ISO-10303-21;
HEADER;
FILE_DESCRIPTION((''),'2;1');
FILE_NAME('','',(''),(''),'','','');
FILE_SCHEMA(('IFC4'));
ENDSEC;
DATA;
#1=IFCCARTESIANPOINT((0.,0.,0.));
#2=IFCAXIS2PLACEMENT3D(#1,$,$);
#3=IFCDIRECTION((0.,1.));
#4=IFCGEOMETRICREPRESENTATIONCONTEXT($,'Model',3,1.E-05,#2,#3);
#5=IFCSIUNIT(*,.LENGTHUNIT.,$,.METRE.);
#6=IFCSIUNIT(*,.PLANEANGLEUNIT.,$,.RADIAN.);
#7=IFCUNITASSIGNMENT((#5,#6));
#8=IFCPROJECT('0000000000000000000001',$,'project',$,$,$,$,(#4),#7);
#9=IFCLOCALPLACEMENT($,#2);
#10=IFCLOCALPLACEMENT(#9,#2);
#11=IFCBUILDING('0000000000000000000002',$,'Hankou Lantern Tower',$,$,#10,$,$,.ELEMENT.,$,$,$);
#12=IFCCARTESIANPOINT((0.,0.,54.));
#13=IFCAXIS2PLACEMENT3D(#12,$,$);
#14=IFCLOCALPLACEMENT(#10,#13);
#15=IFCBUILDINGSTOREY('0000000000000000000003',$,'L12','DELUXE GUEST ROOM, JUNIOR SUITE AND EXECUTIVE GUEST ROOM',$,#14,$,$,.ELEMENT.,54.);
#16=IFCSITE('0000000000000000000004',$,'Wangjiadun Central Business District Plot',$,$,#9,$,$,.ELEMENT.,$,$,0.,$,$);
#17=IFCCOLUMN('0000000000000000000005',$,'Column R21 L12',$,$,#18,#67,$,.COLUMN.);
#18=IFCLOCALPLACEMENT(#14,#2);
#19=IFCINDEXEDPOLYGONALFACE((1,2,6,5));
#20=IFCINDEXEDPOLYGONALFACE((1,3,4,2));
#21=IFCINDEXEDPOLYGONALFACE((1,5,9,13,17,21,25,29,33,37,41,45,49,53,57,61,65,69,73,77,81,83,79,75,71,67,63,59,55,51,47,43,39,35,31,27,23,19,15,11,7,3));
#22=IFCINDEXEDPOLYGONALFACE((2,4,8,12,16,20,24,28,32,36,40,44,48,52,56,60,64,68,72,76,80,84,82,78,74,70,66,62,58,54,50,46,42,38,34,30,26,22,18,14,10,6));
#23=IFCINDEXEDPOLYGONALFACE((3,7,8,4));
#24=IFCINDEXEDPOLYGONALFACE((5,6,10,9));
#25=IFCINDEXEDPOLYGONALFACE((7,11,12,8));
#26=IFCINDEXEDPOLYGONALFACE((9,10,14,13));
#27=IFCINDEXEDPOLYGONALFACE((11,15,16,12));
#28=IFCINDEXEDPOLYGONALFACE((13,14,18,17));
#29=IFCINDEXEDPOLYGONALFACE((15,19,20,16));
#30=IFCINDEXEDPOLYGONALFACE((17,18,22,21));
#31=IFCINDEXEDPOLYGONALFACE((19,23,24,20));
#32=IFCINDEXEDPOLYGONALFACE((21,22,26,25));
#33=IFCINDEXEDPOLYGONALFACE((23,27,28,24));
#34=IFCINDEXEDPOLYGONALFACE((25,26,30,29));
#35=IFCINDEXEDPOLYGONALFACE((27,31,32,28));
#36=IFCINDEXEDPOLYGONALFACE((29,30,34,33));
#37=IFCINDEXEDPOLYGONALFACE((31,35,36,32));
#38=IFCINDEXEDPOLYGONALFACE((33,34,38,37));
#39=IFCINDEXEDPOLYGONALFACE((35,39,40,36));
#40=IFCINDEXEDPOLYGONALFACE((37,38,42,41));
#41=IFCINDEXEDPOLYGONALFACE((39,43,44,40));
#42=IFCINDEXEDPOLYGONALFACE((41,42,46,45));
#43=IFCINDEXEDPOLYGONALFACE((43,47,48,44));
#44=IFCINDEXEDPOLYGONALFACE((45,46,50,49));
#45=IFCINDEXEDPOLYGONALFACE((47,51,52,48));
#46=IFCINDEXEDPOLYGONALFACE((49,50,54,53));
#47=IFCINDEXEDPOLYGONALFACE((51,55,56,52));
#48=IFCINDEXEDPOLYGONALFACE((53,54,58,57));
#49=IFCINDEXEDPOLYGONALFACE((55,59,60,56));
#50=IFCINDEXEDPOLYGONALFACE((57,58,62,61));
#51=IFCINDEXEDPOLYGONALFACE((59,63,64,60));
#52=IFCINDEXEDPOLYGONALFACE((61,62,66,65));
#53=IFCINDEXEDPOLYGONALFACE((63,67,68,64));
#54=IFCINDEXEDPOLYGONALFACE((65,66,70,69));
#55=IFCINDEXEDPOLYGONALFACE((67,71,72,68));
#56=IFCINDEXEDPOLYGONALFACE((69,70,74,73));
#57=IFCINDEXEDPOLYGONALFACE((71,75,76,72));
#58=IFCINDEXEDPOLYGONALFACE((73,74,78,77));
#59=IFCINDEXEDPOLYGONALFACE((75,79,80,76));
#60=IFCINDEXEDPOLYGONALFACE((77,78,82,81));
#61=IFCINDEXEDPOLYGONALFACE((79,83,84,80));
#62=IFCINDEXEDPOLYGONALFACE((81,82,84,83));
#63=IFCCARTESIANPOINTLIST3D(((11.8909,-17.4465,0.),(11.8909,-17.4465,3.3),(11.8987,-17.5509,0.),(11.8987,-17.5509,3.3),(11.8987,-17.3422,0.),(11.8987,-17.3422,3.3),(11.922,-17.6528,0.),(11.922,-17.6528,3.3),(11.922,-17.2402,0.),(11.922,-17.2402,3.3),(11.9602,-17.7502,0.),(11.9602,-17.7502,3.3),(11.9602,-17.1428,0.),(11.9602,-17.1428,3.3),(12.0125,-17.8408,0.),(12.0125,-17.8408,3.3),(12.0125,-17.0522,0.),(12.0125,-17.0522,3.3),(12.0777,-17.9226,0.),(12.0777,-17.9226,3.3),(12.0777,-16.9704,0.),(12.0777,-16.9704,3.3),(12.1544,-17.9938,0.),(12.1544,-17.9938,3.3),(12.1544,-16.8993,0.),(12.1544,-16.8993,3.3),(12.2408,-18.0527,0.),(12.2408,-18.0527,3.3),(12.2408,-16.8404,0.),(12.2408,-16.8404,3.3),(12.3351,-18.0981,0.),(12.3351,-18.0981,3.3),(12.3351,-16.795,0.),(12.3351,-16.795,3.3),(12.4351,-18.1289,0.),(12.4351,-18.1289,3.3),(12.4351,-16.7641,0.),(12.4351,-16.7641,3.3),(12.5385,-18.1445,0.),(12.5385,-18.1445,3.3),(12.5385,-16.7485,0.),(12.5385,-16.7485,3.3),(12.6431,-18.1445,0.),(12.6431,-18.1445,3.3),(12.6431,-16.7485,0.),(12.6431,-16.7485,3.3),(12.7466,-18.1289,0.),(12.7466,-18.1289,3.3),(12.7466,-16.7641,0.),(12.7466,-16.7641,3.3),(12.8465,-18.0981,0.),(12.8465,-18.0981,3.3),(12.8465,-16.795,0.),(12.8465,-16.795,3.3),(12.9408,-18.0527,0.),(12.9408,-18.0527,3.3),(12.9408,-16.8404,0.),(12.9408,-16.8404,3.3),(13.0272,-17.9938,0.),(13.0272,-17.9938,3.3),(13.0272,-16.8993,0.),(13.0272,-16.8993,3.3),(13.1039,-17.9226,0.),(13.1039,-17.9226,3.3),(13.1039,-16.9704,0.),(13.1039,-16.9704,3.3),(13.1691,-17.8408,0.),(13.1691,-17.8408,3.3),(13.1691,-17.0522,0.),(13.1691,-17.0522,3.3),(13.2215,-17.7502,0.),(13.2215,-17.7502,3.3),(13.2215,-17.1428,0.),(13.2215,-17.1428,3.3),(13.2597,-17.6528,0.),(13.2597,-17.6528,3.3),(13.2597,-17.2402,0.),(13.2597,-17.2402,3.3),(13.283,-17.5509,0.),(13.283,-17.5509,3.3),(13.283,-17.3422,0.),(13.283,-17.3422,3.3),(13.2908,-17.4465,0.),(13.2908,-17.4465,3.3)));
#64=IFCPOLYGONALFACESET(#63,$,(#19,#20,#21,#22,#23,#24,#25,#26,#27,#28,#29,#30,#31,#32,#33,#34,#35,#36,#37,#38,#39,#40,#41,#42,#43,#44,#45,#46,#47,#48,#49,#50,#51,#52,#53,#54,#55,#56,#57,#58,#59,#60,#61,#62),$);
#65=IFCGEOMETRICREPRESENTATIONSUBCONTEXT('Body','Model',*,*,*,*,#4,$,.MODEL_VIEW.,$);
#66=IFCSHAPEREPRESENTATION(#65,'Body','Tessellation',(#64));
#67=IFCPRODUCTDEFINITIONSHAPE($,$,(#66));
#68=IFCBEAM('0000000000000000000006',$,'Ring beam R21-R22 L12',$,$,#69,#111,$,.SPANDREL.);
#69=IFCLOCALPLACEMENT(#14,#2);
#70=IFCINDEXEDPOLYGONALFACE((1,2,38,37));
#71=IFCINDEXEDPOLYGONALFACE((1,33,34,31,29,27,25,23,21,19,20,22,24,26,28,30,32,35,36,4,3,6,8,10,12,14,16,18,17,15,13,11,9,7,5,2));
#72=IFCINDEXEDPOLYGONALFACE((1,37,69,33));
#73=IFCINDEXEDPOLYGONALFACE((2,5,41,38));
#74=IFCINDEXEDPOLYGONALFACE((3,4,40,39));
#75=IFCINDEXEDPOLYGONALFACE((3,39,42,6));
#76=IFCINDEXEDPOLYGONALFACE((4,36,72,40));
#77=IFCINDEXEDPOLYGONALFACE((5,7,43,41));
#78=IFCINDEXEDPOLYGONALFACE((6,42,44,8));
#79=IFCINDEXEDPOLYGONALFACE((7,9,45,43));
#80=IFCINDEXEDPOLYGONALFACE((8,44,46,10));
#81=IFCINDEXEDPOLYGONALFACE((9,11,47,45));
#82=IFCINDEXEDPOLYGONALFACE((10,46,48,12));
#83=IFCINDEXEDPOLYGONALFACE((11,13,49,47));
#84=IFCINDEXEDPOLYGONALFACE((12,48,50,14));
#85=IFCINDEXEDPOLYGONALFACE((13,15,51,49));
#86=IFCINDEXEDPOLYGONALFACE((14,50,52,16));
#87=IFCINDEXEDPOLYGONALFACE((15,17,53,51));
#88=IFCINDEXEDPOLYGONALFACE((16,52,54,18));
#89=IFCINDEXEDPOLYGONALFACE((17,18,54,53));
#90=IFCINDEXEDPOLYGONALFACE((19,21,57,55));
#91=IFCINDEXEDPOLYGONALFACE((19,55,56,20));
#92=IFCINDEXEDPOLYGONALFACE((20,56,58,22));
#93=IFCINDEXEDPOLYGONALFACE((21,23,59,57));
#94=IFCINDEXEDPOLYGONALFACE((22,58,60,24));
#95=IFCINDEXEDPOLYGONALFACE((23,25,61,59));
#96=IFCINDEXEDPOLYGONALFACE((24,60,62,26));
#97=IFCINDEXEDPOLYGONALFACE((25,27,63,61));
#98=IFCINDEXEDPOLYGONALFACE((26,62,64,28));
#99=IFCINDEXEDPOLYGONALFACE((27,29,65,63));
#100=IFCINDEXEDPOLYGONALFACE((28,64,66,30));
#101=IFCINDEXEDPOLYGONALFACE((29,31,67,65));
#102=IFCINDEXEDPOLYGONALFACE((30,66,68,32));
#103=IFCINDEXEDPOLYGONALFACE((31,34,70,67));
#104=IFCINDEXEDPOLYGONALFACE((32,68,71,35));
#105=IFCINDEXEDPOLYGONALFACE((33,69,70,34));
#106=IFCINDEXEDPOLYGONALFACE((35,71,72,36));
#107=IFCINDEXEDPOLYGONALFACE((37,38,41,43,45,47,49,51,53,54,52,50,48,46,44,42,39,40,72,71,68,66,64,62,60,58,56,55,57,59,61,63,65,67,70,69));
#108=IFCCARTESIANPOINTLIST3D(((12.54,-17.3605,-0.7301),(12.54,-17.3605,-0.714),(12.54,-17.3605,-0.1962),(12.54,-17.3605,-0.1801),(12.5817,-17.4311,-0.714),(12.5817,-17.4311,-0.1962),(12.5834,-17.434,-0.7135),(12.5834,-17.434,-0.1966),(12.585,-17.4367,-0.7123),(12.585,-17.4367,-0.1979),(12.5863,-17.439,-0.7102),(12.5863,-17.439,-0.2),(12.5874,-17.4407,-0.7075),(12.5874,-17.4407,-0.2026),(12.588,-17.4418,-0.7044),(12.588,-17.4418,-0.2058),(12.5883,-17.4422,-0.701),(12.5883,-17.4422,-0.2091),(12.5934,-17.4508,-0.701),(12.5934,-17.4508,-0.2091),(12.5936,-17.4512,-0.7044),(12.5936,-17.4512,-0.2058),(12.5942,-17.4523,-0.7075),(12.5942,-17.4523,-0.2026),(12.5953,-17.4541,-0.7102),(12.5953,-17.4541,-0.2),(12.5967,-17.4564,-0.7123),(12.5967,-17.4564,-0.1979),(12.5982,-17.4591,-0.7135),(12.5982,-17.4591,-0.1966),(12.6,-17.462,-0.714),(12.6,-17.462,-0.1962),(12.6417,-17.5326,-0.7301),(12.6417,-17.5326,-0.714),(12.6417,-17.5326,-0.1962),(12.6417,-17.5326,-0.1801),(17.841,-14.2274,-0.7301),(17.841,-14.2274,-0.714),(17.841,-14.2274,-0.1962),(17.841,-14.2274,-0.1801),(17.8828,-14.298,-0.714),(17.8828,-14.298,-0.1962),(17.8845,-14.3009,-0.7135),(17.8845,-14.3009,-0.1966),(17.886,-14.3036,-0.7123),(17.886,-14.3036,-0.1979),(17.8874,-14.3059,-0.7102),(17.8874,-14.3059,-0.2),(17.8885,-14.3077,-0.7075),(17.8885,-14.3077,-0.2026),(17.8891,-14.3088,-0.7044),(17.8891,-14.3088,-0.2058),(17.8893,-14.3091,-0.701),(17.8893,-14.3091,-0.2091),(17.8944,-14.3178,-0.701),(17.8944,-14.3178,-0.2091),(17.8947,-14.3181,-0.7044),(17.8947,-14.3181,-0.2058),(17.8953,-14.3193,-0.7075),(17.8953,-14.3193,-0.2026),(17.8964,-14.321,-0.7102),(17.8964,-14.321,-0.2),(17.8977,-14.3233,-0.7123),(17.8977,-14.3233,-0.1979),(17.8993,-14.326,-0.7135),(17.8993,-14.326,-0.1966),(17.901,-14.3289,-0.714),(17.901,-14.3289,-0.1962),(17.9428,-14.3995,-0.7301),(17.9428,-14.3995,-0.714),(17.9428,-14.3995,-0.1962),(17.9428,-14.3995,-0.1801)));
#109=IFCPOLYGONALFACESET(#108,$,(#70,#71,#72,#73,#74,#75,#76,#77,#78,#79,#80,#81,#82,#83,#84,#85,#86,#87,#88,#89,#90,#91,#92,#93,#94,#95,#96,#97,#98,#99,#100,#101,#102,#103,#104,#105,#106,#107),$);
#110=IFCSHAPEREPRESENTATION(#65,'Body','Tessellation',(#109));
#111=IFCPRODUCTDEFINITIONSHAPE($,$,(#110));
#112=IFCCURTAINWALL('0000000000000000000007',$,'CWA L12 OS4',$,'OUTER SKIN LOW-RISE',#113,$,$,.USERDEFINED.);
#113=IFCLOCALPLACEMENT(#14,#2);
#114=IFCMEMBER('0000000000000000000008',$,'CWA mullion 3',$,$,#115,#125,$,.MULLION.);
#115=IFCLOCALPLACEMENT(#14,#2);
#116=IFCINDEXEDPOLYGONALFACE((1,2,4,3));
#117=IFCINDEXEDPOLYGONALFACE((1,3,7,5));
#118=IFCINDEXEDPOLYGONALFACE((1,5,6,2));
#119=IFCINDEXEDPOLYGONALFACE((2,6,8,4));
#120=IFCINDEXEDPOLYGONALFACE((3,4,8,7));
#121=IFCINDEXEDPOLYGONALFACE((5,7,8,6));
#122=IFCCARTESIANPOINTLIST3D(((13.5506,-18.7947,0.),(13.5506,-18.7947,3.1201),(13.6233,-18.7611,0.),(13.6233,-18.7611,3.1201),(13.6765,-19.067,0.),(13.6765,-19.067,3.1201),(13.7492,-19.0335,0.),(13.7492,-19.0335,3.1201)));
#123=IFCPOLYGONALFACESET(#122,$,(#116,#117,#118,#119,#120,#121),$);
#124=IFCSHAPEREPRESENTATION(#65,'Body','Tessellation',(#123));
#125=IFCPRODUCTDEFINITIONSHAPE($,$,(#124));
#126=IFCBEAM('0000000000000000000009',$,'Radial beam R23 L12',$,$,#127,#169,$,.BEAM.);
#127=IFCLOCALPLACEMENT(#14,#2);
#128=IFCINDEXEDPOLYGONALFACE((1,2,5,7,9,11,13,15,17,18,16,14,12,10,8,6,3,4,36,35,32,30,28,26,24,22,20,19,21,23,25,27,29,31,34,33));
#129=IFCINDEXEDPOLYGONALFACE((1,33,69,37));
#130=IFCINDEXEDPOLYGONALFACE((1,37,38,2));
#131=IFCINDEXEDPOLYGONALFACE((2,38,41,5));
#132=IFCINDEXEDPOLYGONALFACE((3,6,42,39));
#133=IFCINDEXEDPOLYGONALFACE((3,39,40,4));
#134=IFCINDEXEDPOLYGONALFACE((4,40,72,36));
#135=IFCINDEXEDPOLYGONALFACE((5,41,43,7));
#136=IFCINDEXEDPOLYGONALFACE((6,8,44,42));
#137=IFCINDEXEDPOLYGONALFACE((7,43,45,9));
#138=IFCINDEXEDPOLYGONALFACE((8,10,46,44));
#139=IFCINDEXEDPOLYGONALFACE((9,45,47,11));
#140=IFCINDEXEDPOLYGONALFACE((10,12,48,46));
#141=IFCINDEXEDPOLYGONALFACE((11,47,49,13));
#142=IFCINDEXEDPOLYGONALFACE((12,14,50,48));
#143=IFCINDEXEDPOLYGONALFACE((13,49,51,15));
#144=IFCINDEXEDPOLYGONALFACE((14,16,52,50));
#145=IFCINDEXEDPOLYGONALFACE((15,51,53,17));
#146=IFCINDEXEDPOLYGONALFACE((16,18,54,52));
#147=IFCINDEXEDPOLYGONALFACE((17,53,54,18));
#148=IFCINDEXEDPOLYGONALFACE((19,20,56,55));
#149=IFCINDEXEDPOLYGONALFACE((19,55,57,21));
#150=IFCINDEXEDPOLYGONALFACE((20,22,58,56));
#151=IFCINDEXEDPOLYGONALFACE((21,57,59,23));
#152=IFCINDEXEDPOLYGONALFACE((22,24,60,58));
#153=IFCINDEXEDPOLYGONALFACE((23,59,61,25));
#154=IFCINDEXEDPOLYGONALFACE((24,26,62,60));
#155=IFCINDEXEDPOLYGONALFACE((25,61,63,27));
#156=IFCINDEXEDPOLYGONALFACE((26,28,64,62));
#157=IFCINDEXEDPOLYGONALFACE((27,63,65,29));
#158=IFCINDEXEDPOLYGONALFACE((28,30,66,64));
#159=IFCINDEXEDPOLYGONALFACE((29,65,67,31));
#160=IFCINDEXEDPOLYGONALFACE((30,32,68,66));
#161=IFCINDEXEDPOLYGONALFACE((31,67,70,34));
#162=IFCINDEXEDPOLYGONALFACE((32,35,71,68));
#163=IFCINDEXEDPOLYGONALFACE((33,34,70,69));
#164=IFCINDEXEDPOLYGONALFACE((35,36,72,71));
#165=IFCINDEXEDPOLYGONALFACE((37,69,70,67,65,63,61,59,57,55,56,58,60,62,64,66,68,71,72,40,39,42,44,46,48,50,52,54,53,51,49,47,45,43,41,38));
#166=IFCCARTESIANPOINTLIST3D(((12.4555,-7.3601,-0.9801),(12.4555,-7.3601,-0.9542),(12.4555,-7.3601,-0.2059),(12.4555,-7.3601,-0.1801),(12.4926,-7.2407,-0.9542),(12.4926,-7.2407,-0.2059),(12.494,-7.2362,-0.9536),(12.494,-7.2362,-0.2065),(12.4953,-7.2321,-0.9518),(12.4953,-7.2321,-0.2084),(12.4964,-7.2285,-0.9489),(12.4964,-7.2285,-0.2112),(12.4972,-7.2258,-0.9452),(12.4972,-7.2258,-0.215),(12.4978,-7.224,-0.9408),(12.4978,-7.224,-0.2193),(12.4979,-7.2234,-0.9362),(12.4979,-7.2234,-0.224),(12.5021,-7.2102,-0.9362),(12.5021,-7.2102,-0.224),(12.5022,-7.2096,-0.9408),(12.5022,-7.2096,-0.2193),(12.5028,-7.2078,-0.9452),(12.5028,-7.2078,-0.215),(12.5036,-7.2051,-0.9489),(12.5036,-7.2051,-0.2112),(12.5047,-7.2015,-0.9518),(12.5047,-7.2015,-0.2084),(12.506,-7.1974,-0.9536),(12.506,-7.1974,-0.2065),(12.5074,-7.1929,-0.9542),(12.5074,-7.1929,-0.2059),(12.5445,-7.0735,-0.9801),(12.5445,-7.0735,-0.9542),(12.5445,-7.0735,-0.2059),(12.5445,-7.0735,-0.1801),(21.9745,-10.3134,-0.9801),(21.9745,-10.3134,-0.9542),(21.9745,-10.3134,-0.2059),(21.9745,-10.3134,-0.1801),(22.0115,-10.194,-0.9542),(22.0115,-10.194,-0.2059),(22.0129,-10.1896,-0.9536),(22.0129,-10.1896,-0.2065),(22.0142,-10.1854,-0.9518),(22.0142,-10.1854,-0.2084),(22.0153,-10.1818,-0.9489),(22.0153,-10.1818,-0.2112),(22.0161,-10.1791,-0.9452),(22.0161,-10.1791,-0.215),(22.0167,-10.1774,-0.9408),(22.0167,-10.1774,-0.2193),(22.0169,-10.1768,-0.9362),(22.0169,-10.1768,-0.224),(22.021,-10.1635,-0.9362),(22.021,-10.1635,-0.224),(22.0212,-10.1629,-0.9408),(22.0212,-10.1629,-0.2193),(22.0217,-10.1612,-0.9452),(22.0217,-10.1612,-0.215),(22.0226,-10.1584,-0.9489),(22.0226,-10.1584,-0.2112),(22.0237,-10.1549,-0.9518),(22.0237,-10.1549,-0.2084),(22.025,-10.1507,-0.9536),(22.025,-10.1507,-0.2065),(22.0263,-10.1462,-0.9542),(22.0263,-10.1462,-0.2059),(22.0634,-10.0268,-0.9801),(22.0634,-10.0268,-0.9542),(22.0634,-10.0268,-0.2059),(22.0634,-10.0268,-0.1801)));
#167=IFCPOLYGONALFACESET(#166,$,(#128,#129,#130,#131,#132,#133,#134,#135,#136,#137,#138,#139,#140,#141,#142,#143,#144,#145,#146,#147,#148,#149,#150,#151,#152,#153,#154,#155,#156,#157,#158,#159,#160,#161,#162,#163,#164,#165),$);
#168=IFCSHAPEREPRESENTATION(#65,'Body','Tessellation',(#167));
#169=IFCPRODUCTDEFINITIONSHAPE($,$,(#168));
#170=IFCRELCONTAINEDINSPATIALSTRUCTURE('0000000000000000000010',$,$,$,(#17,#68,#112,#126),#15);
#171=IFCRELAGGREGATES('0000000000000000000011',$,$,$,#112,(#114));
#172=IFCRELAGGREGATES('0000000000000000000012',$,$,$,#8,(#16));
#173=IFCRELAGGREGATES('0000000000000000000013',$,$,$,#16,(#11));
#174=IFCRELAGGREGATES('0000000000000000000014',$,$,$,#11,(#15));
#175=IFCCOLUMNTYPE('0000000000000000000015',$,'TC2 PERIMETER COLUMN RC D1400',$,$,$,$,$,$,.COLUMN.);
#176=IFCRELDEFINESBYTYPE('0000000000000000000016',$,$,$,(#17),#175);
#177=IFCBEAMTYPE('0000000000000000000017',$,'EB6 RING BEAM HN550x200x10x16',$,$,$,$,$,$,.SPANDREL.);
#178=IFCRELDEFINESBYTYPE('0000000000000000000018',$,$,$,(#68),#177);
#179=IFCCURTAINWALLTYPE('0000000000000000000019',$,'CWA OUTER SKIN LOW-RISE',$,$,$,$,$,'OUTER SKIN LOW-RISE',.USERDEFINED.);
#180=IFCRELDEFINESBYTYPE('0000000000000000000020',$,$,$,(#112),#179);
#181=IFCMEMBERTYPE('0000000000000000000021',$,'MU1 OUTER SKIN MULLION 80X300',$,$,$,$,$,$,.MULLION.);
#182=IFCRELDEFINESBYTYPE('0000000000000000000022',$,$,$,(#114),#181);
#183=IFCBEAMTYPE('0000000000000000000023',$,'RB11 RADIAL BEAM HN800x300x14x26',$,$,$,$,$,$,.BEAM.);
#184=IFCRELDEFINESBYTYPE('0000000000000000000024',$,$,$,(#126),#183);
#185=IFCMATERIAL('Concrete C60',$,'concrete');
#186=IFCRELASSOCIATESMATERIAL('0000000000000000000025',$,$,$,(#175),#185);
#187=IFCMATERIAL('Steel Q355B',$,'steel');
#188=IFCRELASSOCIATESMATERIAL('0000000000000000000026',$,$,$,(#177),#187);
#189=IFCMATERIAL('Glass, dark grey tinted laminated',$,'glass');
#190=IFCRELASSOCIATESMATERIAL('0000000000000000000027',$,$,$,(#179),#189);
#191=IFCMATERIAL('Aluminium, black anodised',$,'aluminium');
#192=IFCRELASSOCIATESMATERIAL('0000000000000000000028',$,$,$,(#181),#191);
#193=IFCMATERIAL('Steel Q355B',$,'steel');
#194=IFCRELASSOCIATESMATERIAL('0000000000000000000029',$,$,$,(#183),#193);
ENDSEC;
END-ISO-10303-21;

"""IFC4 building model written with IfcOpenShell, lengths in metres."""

from ifc_helpers import new_model, si_unit, direction, frame, origin, origin_2d, place, context, subcontext, project, spatial, rectangle, circle, i_section, extrude, material, material_profile, profile_set, type_object, element, aggregate, save


model = new_model("IFC4")

# Units and contexts
model_context = context("Model", 3, precision=1e-05, world=origin(), true_north=direction((0.0, 1.0)))
body_context = subcontext(model_context, "Body", "Model", "MODEL_VIEW")
ifc_project = project(units=[si_unit("LENGTHUNIT", "METRE"), si_unit("PLANEANGLEUNIT", "RADIAN")], contexts=[model_context])

# Site, building, storey
site_placement = place(None, origin())
site = spatial("IfcSite", under=ifc_project, at=site_placement, Name="Wangjiadun Central Business District Plot", CompositionType="ELEMENT", RefElevation=0.0)
building_placement = place(site_placement, origin())
building = spatial("IfcBuilding", under=site, at=building_placement, Name="Hankou Lantern Tower", CompositionType="ELEMENT")
storey_placement = place(building_placement, frame((0.0, 0.0, 54.0)))
storey = spatial("IfcBuildingStorey", under=building, at=storey_placement, Name="L12", Description="DELUXE GUEST ROOM, JUNIOR SUITE AND EXECUTIVE GUEST ROOM", CompositionType="ELEMENT", Elevation=54.0)

# Column
ifc_material_1 = material(Name="Concrete C60", Category="concrete")
ifc_material_profile_1 = material_profile(ifc_material_1, circle(Radius=0.7, at=origin_2d()), Name="RC D1400")
ifc_profile_set_1 = profile_set([ifc_material_profile_1], Name="Concrete C60")
column_type = type_object("IfcColumnType", Name="TC2 PERIMETER COLUMN RC D1400", PredefinedType="COLUMN", material=ifc_profile_set_1)
column_placement = place(storey_placement, frame((12.5908, -17.4465, 0.0), z_axis=(0.0, 0.0, 1.0), x_axis=(1.0, 0.0, 0.0)))
element("IfcColumn", 1, at=column_placement, inside=storey, type_object=column_type, Name="Column R21 L12", PredefinedType="COLUMN", context=body_context, shape_type="SweptSolid", body=[
    extrude(circle(Radius=0.7, at=origin_2d()), origin(), (0.0, 0.0, 1.0), 3.3),
])

# Beam
ifc_material_2 = material(Name="Steel Q355B", Category="steel")
ifc_material_profile_2 = material_profile(ifc_material_2, i_section(OverallWidth=0.2, OverallDepth=0.55, WebThickness=0.01, FlangeThickness=0.0161, FilletRadius=0.0129, at=origin_2d()), Name="HN550x200x10x16")
ifc_profile_set_2 = profile_set([ifc_material_profile_2], Name="Steel Q355B")
beam_type_1 = type_object("IfcBeamType", Name="EB6 RING BEAM HN550x200x10x16", PredefinedType="SPANDREL", material=ifc_profile_set_2)
beam_1_placement = place(storey_placement, frame((12.5908, -17.4465, -0.4551), z_axis=(0.860882, 0.508805, 0.0), x_axis=(-0.508805, 0.860882, 0.0)))
element("IfcBeam", 2, at=beam_1_placement, inside=storey, type_object=beam_type_1, Name="Ring beam R21-R22 L12", PredefinedType="SPANDREL", context=body_context, shape_type="SweptSolid", body=[
    extrude(i_section(OverallWidth=0.2, OverallDepth=0.55, WebThickness=0.01, FlangeThickness=0.0161, FilletRadius=0.0129, at=origin_2d()), origin(), (0.0, 0.0, 1.0), 6.1577),
])

# Curtain wall, member
ifc_material_3 = material(Name="Glass, dark grey tinted laminated", Category="glass")
curtain_wall_type = type_object("IfcCurtainWallType", Name="CWA OUTER SKIN LOW-RISE", ElementType="OUTER SKIN LOW-RISE", PredefinedType="USERDEFINED", material=ifc_material_3)
curtain_wall_placement = place(storey_placement, origin())
curtain_wall = element("IfcCurtainWall", 3, at=curtain_wall_placement, inside=storey, type_object=curtain_wall_type, Name="CWA L12 OS4", ObjectType="OUTER SKIN LOW-RISE", PredefinedType="USERDEFINED")
ifc_material_4 = material(Name="Aluminium, black anodised", Category="aluminium")
ifc_material_profile_3 = material_profile(ifc_material_4, rectangle(XDim=0.0801, YDim=0.3, at=origin_2d()), Name="MU1 80X300")
ifc_profile_set_3 = profile_set([ifc_material_profile_3], Name="Aluminium, black anodised")
member_type_1 = type_object("IfcMemberType", Name="MU1 OUTER SKIN MULLION 80X300", PredefinedType="MULLION", material=ifc_profile_set_3)
member_1_placement = place(storey_placement, frame((13.6499, -18.9141, 0.0), z_axis=(0.0, 0.0, 1.0), x_axis=(0.907841, 0.419314, 0.0)))
member_1 = element("IfcMember", 4, at=member_1_placement, type_object=member_type_1, Name="CWA mullion 3", PredefinedType="MULLION", context=body_context, shape_type="SweptSolid", body=[
    extrude(rectangle(XDim=0.0801, YDim=0.3, at=origin_2d()), origin(), (0.0, 0.0, 1.0), 3.1201),
])

# Beam
ifc_material_5 = material(Name="Steel Q355B", Category="steel")
ifc_material_profile_4 = material_profile(ifc_material_5, i_section(OverallWidth=0.3, OverallDepth=0.8, WebThickness=0.0139, FlangeThickness=0.0259, FilletRadius=0.0181, at=origin_2d()), Name="HN800x300x14x26")
ifc_profile_set_4 = profile_set([ifc_material_profile_4], Name="Steel Q355B")
beam_type_2 = type_object("IfcBeamType", Name="RB11 RADIAL BEAM HN800x300x14x26", PredefinedType="BEAM", material=ifc_profile_set_4)
beam_2_placement = place(storey_placement, frame((12.5, -7.2168, -0.5801), z_axis=(0.955087, -0.296324, 0.0), x_axis=(0.296324, 0.955087, 0.0)))
element("IfcBeam", 5, at=beam_2_placement, inside=storey, type_object=beam_type_2, Name="Radial beam R23 L12", PredefinedType="BEAM", context=body_context, shape_type="SweptSolid", body=[
    extrude(i_section(OverallWidth=0.3, OverallDepth=0.8, WebThickness=0.0139, FlangeThickness=0.0259, FilletRadius=0.0181, at=origin_2d()), origin(), (0.0, 0.0, 1.0), 9.9666),
])

aggregate(curtain_wall, [member_1])

save(model, "model.ifc")
